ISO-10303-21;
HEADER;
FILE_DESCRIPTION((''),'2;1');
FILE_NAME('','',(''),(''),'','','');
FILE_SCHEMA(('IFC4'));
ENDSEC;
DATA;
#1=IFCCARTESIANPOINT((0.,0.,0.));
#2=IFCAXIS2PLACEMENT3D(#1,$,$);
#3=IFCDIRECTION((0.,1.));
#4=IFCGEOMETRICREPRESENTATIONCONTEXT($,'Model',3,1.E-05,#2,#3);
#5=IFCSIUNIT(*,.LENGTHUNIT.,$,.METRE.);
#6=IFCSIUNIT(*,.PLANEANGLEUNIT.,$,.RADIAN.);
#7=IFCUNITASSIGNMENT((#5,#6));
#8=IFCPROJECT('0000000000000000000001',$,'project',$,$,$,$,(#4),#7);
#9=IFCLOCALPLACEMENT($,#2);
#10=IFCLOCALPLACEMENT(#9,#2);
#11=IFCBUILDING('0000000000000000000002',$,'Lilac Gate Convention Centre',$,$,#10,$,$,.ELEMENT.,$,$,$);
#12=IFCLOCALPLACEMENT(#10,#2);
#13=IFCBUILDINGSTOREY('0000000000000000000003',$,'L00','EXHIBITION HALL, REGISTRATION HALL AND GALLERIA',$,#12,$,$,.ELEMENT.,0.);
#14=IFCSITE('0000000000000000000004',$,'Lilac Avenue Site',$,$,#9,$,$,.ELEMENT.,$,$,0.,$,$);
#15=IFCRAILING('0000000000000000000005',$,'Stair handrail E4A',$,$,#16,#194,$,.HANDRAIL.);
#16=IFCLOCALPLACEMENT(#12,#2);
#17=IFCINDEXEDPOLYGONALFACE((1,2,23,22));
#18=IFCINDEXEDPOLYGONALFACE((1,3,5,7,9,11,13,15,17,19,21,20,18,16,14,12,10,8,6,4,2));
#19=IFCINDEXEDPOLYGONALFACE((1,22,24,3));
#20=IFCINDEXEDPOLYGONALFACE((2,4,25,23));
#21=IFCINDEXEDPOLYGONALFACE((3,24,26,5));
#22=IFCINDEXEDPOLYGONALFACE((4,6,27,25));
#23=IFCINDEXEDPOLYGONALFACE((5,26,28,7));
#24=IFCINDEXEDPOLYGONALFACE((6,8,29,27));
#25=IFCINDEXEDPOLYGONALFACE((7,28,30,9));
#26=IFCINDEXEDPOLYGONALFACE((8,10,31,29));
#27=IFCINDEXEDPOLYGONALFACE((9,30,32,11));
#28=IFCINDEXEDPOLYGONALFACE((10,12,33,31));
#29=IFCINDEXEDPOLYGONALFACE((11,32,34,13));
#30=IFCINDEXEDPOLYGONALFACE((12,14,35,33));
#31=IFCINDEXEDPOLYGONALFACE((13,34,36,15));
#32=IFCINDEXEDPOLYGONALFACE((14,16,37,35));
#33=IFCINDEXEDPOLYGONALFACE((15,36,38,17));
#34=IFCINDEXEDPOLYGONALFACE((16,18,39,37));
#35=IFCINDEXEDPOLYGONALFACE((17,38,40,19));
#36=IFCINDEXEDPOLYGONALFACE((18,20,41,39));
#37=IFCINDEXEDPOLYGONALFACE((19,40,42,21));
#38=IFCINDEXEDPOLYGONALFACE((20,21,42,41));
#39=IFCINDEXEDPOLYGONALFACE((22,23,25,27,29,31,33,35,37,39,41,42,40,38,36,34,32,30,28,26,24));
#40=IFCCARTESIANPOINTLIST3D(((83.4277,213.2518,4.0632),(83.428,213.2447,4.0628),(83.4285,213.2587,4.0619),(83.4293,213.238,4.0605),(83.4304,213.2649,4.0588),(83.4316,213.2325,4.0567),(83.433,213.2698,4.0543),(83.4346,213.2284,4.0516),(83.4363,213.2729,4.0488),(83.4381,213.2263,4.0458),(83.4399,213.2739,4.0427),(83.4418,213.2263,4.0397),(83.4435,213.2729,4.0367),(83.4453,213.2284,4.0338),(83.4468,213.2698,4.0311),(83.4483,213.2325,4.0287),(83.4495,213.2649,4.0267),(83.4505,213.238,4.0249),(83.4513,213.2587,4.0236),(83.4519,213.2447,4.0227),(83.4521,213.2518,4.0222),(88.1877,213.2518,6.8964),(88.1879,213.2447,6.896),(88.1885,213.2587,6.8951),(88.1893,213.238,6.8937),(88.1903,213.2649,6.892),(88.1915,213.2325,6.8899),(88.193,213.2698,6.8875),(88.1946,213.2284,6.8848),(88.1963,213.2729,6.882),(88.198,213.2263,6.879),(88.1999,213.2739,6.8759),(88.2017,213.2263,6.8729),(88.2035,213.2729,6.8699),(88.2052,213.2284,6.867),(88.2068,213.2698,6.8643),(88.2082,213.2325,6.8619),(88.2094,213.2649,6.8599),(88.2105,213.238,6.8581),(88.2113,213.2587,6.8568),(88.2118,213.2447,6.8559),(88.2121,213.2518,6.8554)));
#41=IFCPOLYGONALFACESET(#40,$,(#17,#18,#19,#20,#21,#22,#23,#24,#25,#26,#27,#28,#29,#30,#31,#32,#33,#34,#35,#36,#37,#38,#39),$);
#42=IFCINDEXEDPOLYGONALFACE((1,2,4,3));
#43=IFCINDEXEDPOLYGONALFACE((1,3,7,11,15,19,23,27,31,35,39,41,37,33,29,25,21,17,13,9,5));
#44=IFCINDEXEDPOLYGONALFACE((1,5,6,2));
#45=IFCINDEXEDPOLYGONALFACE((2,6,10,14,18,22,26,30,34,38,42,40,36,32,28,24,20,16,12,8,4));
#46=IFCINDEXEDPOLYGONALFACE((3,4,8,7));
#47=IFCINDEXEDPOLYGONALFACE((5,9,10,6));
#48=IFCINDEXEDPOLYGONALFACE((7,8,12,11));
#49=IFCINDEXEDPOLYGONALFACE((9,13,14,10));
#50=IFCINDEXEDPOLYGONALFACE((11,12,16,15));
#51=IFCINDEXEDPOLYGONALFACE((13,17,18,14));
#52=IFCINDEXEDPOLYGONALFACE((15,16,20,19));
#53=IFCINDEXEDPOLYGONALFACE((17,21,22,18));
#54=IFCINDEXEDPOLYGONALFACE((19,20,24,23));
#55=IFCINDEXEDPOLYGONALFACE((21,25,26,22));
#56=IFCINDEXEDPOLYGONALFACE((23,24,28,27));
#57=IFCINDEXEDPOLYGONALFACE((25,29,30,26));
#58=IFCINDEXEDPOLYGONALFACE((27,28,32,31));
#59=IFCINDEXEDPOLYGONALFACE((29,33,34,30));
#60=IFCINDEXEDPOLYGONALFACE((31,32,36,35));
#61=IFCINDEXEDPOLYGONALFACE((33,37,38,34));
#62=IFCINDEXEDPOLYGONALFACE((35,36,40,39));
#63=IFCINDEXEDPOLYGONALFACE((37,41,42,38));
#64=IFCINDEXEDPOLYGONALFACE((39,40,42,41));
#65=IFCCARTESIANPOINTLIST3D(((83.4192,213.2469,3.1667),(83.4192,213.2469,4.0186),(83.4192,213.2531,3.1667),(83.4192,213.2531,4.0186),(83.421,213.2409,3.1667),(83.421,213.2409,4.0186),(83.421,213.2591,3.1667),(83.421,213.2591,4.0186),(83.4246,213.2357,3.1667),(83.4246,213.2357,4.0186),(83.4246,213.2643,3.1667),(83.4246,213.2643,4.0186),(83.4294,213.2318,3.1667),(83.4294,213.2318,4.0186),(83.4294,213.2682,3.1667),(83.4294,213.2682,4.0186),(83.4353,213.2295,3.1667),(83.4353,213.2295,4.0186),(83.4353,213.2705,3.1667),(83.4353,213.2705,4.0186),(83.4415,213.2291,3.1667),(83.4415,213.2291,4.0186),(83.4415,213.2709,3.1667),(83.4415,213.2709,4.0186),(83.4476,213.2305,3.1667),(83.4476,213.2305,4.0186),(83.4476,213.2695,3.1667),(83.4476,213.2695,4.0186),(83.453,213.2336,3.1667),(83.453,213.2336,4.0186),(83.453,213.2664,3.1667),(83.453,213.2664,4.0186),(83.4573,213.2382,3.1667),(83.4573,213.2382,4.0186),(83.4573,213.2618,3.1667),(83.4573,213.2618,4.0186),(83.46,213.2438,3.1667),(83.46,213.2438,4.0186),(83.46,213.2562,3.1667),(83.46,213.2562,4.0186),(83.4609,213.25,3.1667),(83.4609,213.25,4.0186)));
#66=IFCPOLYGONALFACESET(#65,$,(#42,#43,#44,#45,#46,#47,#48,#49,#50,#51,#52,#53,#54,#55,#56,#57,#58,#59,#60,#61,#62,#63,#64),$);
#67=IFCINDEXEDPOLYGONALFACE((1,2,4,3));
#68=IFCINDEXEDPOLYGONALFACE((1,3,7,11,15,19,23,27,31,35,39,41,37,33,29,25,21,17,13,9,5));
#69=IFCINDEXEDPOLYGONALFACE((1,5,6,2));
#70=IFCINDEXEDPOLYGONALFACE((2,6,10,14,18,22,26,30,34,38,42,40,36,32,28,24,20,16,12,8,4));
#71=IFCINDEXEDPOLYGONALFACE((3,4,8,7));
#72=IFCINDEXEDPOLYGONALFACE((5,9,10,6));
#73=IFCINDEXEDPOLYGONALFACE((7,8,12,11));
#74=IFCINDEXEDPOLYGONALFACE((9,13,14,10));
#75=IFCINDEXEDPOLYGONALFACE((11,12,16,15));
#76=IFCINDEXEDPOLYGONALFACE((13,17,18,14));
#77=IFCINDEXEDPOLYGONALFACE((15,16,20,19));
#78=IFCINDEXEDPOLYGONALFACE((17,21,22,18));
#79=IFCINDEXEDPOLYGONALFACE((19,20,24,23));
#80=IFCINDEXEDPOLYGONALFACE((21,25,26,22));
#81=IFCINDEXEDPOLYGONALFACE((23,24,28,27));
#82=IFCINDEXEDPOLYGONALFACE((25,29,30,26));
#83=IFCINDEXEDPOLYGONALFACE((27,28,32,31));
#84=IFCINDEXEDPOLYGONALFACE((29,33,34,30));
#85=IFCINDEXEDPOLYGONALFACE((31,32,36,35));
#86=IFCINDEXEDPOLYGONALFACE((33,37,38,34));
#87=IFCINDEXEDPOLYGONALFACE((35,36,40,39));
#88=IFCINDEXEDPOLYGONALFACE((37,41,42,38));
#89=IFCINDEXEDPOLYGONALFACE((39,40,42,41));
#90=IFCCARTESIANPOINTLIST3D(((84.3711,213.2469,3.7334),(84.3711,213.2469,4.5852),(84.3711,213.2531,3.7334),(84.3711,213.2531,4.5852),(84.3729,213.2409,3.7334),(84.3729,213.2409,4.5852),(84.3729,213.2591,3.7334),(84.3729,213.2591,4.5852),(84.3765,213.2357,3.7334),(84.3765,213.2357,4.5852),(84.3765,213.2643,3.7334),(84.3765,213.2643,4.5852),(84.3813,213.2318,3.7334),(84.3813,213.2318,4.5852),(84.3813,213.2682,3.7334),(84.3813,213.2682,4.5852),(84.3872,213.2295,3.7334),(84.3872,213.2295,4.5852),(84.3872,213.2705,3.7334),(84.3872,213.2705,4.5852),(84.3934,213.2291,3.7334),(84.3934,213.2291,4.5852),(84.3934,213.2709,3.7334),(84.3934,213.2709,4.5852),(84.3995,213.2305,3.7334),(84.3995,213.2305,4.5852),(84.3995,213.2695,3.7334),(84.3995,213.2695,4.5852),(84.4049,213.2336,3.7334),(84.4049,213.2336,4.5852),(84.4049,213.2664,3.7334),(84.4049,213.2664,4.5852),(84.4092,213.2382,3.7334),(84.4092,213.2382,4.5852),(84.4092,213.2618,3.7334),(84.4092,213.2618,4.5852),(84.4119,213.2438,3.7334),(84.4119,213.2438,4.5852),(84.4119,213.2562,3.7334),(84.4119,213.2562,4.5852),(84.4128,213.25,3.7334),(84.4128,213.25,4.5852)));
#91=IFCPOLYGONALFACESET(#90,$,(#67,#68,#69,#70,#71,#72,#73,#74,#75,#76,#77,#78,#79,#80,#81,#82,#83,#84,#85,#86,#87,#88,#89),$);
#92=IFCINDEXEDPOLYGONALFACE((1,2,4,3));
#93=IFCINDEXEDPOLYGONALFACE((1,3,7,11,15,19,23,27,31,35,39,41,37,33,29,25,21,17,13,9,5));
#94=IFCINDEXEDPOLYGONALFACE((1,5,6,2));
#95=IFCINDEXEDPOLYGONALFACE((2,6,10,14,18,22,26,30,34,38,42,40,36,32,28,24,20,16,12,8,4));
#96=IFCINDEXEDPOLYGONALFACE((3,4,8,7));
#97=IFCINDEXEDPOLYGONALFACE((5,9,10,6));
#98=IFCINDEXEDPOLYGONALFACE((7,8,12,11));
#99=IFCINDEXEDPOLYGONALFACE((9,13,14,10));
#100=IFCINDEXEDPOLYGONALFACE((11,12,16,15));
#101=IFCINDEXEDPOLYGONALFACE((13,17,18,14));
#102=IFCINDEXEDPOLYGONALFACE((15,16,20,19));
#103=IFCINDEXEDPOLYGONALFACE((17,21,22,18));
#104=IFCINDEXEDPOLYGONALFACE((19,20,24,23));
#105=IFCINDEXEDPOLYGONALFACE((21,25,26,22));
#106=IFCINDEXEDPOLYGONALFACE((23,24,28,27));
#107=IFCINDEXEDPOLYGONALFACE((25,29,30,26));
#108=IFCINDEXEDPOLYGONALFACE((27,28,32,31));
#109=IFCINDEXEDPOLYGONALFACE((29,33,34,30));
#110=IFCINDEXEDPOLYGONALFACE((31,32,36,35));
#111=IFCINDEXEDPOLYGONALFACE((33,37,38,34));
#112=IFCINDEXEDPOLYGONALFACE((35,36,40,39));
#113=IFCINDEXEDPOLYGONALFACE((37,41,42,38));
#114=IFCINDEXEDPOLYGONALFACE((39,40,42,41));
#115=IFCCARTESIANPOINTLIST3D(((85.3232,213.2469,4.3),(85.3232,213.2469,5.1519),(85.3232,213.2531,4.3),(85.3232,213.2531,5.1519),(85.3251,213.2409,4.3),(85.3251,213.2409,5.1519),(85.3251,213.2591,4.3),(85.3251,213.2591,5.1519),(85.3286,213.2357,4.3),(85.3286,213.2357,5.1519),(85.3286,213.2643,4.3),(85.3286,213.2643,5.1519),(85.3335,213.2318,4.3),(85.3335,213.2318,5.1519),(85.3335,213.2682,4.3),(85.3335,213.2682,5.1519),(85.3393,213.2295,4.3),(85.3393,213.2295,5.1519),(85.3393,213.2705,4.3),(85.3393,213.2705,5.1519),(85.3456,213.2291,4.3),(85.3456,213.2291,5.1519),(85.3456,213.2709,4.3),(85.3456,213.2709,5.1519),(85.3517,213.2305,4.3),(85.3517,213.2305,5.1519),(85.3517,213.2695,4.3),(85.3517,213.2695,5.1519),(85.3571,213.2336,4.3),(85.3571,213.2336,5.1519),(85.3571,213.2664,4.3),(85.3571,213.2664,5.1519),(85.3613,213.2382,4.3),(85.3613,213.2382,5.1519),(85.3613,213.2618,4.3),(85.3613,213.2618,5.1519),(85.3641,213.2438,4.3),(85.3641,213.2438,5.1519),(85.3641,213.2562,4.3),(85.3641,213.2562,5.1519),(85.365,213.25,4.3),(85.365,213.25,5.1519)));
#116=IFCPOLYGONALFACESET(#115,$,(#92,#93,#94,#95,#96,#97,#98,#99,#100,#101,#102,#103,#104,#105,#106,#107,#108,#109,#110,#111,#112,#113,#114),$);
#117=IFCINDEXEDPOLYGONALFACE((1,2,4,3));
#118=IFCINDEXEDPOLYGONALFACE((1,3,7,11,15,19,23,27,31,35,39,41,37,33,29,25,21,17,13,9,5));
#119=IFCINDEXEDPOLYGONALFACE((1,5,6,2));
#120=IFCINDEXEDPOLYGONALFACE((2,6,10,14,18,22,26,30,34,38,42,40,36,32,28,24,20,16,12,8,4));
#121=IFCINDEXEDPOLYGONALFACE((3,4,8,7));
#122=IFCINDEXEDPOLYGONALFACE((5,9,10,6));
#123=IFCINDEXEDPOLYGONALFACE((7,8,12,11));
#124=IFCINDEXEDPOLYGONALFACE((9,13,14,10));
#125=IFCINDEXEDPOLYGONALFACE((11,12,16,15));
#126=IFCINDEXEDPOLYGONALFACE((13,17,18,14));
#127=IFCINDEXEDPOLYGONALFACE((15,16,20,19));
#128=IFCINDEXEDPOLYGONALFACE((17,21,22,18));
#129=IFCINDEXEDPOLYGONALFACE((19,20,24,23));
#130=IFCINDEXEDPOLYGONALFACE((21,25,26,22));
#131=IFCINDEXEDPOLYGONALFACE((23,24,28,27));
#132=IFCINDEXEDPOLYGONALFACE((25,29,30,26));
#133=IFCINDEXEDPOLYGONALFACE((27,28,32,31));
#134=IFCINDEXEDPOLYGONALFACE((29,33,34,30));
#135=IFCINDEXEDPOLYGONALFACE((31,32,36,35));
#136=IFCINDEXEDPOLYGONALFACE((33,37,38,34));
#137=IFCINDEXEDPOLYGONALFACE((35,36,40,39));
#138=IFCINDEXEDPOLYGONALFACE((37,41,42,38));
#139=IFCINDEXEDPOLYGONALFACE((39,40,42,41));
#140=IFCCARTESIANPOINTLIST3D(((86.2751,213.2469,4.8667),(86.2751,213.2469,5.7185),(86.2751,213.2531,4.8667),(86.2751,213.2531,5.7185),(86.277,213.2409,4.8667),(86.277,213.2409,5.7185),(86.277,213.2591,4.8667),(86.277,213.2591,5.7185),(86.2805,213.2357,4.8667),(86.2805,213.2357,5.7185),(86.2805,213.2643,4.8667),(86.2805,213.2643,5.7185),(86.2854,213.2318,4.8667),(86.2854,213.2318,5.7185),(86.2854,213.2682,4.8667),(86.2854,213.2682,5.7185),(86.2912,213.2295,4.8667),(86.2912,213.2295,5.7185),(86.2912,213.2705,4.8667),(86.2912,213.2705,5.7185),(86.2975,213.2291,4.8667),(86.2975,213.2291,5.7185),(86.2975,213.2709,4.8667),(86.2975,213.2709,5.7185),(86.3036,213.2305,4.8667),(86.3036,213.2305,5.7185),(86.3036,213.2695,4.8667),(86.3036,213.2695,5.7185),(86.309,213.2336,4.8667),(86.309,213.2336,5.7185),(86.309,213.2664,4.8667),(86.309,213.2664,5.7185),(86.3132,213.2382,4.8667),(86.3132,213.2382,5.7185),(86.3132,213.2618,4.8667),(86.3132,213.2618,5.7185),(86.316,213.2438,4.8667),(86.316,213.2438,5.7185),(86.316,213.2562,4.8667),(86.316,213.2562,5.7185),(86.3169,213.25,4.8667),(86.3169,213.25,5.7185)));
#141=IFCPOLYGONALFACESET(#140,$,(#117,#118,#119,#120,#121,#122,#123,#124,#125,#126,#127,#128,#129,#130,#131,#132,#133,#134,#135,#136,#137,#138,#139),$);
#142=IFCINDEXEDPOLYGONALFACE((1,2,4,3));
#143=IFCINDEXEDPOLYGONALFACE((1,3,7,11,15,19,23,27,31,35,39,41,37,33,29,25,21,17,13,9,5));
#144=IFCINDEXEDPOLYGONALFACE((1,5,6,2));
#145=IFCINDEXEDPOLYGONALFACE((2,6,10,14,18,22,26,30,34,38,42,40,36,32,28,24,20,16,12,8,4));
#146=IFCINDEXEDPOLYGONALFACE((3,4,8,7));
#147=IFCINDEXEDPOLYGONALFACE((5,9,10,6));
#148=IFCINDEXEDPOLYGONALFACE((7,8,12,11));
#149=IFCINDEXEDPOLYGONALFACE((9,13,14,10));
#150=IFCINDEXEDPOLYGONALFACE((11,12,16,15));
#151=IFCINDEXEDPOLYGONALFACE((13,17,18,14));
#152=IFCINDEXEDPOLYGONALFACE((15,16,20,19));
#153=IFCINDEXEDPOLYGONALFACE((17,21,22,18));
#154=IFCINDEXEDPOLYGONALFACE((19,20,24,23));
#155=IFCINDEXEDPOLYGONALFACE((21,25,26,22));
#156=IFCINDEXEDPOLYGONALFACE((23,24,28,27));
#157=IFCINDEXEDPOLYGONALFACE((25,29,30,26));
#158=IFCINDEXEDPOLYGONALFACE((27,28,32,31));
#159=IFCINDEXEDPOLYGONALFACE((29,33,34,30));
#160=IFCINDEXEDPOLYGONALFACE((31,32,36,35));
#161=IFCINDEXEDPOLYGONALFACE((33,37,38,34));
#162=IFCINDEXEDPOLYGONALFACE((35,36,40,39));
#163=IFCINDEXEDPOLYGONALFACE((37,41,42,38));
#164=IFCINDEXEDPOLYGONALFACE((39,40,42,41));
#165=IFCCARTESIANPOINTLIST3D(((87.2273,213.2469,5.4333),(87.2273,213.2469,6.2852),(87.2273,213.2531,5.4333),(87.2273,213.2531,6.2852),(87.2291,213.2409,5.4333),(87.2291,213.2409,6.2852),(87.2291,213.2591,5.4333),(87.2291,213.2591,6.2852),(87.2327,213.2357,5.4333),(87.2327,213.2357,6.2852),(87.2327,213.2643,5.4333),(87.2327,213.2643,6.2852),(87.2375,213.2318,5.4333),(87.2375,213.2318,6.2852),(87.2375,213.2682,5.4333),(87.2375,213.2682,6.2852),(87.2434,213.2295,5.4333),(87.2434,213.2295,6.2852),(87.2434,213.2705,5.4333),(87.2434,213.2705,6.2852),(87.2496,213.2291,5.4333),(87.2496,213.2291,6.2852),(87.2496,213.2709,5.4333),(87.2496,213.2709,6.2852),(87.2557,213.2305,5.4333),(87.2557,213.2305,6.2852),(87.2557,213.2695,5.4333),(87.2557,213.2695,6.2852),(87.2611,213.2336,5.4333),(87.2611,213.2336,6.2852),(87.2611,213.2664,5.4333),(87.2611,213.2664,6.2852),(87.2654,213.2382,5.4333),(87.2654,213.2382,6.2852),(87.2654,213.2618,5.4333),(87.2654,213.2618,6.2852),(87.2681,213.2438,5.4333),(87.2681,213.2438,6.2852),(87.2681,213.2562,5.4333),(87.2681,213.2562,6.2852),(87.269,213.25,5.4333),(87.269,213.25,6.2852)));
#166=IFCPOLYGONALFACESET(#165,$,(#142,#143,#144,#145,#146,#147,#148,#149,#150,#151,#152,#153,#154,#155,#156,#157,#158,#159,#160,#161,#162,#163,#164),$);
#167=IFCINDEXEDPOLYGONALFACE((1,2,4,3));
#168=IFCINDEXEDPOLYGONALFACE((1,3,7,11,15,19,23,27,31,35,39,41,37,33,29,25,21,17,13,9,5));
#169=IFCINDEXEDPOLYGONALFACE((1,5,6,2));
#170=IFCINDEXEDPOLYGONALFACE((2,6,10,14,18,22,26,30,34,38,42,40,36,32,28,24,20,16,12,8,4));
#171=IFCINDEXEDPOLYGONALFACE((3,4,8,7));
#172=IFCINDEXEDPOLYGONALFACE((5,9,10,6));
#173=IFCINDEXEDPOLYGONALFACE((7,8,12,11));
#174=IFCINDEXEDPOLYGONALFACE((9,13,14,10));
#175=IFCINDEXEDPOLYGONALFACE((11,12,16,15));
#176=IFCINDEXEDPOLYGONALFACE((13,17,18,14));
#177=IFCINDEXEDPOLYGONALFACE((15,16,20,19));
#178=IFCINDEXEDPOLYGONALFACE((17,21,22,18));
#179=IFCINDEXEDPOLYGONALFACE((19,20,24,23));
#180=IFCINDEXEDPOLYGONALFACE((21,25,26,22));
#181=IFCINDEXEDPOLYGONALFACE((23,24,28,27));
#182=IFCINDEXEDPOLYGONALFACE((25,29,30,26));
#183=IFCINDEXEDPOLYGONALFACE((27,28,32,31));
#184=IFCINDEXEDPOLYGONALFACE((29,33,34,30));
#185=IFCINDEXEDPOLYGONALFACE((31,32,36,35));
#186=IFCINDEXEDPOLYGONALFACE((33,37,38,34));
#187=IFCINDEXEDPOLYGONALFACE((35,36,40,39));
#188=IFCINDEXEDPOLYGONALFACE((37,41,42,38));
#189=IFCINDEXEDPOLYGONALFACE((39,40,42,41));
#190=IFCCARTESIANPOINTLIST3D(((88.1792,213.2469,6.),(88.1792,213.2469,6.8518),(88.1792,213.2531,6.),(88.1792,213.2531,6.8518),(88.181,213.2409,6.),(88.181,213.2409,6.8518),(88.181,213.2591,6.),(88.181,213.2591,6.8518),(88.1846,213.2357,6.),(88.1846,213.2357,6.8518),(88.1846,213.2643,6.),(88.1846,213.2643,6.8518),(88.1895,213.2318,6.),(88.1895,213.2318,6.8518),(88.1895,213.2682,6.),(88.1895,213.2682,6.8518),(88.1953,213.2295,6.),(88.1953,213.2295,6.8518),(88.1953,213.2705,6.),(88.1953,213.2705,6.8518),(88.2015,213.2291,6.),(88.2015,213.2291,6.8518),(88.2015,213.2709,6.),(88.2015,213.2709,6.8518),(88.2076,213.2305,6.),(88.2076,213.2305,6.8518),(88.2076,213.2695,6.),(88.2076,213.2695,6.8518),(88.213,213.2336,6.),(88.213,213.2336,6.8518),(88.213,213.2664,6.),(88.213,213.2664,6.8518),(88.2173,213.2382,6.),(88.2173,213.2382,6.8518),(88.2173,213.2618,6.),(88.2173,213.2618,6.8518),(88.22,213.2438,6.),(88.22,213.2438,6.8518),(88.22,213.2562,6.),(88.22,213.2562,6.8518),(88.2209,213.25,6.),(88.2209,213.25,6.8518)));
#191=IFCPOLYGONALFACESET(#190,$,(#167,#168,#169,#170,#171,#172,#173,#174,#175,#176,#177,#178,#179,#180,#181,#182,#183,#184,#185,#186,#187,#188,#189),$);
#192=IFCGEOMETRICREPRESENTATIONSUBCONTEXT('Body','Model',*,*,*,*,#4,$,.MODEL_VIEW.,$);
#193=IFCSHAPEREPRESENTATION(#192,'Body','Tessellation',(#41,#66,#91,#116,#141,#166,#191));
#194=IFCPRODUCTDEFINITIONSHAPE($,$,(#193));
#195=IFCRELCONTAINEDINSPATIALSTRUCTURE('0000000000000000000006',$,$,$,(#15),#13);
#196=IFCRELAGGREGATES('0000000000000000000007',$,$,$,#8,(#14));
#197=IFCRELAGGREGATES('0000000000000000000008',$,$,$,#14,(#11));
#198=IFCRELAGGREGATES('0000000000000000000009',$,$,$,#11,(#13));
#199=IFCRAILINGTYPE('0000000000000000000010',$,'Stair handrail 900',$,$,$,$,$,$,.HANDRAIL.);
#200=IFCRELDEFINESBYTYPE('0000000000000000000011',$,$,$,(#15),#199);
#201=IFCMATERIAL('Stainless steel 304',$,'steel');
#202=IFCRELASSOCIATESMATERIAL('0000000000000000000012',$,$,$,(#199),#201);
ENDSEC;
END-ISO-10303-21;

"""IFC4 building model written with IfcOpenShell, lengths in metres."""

from ifc_helpers import new_model, si_unit, direction, frame, origin, origin_2d, place, context, subcontext, project, spatial, circle, extrude, material, type_object, element, save


model = new_model("IFC4")

# Units and contexts
model_context = context("Model", 3, precision=1e-05, world=origin(), true_north=direction((0.0, 1.0)))
body_context = subcontext(model_context, "Body", "Model", "MODEL_VIEW")
ifc_project = project(units=[si_unit("LENGTHUNIT", "METRE"), si_unit("PLANEANGLEUNIT", "RADIAN")], contexts=[model_context])

# Site, building, storey
site_placement = place(None, origin())
site = spatial("IfcSite", under=ifc_project, at=site_placement, Name="Lilac Avenue Site", CompositionType="ELEMENT", RefElevation=0.0)
building_placement = place(site_placement, origin())
building = spatial("IfcBuilding", under=site, at=building_placement, Name="Lilac Gate Convention Centre", CompositionType="ELEMENT")
storey_placement = place(building_placement, origin())
storey = spatial("IfcBuildingStorey", under=building, at=storey_placement, Name="L00", Description="EXHIBITION HALL, REGISTRATION HALL AND GALLERIA", CompositionType="ELEMENT", Elevation=0.0)

# Shared definitions
ifc_material_1 = material(Name="Stainless steel 304", Category="steel")

# Railing
railing_type = type_object("IfcRailingType", Name="Stair handrail 900", PredefinedType="HANDRAIL", material=ifc_material_1)
for number, where, name in (
    (1, (83.4399, 213.25, 3.1667), "Stair handrail E4A"),
):
    element("IfcRailing", number, at=place(storey_placement, frame(where)), inside=storey, type_object=railing_type, Name=name, PredefinedType="HANDRAIL", context=body_context, shape_type="SweptSolid", body=[
        extrude(circle(Radius=0.0239, at=origin_2d()), frame((0.0, 0.0, 0.876), z_axis=(0.8593, 0.0, 0.511472), x_axis=(0.0, 1.0, 0.0)), (0.0, 0.0, 1.0), 5.5393),
        extrude(circle(Radius=0.021, at=origin_2d()), origin(), (0.0, 0.0, 1.0), 0.8518),
        extrude(circle(Radius=0.021, at=origin_2d()), frame((0.9519, 0.0, 0.5667)), (0.0, 0.0, 1.0), 0.8518),
        extrude(circle(Radius=0.021, at=origin_2d()), frame((1.9041, 0.0, 1.1333)), (0.0, 0.0, 1.0), 0.8518),
        extrude(circle(Radius=0.021, at=origin_2d()), frame((2.856, 0.0, 1.7)), (0.0, 0.0, 1.0), 0.8518),
        extrude(circle(Radius=0.021, at=origin_2d()), frame((3.8081, 0.0, 2.2666)), (0.0, 0.0, 1.0), 0.8518),
        extrude(circle(Radius=0.021, at=origin_2d()), frame((4.76, 0.0, 2.8333)), (0.0, 0.0, 1.0), 0.8518),
    ])

save(model, "model.ifc")
